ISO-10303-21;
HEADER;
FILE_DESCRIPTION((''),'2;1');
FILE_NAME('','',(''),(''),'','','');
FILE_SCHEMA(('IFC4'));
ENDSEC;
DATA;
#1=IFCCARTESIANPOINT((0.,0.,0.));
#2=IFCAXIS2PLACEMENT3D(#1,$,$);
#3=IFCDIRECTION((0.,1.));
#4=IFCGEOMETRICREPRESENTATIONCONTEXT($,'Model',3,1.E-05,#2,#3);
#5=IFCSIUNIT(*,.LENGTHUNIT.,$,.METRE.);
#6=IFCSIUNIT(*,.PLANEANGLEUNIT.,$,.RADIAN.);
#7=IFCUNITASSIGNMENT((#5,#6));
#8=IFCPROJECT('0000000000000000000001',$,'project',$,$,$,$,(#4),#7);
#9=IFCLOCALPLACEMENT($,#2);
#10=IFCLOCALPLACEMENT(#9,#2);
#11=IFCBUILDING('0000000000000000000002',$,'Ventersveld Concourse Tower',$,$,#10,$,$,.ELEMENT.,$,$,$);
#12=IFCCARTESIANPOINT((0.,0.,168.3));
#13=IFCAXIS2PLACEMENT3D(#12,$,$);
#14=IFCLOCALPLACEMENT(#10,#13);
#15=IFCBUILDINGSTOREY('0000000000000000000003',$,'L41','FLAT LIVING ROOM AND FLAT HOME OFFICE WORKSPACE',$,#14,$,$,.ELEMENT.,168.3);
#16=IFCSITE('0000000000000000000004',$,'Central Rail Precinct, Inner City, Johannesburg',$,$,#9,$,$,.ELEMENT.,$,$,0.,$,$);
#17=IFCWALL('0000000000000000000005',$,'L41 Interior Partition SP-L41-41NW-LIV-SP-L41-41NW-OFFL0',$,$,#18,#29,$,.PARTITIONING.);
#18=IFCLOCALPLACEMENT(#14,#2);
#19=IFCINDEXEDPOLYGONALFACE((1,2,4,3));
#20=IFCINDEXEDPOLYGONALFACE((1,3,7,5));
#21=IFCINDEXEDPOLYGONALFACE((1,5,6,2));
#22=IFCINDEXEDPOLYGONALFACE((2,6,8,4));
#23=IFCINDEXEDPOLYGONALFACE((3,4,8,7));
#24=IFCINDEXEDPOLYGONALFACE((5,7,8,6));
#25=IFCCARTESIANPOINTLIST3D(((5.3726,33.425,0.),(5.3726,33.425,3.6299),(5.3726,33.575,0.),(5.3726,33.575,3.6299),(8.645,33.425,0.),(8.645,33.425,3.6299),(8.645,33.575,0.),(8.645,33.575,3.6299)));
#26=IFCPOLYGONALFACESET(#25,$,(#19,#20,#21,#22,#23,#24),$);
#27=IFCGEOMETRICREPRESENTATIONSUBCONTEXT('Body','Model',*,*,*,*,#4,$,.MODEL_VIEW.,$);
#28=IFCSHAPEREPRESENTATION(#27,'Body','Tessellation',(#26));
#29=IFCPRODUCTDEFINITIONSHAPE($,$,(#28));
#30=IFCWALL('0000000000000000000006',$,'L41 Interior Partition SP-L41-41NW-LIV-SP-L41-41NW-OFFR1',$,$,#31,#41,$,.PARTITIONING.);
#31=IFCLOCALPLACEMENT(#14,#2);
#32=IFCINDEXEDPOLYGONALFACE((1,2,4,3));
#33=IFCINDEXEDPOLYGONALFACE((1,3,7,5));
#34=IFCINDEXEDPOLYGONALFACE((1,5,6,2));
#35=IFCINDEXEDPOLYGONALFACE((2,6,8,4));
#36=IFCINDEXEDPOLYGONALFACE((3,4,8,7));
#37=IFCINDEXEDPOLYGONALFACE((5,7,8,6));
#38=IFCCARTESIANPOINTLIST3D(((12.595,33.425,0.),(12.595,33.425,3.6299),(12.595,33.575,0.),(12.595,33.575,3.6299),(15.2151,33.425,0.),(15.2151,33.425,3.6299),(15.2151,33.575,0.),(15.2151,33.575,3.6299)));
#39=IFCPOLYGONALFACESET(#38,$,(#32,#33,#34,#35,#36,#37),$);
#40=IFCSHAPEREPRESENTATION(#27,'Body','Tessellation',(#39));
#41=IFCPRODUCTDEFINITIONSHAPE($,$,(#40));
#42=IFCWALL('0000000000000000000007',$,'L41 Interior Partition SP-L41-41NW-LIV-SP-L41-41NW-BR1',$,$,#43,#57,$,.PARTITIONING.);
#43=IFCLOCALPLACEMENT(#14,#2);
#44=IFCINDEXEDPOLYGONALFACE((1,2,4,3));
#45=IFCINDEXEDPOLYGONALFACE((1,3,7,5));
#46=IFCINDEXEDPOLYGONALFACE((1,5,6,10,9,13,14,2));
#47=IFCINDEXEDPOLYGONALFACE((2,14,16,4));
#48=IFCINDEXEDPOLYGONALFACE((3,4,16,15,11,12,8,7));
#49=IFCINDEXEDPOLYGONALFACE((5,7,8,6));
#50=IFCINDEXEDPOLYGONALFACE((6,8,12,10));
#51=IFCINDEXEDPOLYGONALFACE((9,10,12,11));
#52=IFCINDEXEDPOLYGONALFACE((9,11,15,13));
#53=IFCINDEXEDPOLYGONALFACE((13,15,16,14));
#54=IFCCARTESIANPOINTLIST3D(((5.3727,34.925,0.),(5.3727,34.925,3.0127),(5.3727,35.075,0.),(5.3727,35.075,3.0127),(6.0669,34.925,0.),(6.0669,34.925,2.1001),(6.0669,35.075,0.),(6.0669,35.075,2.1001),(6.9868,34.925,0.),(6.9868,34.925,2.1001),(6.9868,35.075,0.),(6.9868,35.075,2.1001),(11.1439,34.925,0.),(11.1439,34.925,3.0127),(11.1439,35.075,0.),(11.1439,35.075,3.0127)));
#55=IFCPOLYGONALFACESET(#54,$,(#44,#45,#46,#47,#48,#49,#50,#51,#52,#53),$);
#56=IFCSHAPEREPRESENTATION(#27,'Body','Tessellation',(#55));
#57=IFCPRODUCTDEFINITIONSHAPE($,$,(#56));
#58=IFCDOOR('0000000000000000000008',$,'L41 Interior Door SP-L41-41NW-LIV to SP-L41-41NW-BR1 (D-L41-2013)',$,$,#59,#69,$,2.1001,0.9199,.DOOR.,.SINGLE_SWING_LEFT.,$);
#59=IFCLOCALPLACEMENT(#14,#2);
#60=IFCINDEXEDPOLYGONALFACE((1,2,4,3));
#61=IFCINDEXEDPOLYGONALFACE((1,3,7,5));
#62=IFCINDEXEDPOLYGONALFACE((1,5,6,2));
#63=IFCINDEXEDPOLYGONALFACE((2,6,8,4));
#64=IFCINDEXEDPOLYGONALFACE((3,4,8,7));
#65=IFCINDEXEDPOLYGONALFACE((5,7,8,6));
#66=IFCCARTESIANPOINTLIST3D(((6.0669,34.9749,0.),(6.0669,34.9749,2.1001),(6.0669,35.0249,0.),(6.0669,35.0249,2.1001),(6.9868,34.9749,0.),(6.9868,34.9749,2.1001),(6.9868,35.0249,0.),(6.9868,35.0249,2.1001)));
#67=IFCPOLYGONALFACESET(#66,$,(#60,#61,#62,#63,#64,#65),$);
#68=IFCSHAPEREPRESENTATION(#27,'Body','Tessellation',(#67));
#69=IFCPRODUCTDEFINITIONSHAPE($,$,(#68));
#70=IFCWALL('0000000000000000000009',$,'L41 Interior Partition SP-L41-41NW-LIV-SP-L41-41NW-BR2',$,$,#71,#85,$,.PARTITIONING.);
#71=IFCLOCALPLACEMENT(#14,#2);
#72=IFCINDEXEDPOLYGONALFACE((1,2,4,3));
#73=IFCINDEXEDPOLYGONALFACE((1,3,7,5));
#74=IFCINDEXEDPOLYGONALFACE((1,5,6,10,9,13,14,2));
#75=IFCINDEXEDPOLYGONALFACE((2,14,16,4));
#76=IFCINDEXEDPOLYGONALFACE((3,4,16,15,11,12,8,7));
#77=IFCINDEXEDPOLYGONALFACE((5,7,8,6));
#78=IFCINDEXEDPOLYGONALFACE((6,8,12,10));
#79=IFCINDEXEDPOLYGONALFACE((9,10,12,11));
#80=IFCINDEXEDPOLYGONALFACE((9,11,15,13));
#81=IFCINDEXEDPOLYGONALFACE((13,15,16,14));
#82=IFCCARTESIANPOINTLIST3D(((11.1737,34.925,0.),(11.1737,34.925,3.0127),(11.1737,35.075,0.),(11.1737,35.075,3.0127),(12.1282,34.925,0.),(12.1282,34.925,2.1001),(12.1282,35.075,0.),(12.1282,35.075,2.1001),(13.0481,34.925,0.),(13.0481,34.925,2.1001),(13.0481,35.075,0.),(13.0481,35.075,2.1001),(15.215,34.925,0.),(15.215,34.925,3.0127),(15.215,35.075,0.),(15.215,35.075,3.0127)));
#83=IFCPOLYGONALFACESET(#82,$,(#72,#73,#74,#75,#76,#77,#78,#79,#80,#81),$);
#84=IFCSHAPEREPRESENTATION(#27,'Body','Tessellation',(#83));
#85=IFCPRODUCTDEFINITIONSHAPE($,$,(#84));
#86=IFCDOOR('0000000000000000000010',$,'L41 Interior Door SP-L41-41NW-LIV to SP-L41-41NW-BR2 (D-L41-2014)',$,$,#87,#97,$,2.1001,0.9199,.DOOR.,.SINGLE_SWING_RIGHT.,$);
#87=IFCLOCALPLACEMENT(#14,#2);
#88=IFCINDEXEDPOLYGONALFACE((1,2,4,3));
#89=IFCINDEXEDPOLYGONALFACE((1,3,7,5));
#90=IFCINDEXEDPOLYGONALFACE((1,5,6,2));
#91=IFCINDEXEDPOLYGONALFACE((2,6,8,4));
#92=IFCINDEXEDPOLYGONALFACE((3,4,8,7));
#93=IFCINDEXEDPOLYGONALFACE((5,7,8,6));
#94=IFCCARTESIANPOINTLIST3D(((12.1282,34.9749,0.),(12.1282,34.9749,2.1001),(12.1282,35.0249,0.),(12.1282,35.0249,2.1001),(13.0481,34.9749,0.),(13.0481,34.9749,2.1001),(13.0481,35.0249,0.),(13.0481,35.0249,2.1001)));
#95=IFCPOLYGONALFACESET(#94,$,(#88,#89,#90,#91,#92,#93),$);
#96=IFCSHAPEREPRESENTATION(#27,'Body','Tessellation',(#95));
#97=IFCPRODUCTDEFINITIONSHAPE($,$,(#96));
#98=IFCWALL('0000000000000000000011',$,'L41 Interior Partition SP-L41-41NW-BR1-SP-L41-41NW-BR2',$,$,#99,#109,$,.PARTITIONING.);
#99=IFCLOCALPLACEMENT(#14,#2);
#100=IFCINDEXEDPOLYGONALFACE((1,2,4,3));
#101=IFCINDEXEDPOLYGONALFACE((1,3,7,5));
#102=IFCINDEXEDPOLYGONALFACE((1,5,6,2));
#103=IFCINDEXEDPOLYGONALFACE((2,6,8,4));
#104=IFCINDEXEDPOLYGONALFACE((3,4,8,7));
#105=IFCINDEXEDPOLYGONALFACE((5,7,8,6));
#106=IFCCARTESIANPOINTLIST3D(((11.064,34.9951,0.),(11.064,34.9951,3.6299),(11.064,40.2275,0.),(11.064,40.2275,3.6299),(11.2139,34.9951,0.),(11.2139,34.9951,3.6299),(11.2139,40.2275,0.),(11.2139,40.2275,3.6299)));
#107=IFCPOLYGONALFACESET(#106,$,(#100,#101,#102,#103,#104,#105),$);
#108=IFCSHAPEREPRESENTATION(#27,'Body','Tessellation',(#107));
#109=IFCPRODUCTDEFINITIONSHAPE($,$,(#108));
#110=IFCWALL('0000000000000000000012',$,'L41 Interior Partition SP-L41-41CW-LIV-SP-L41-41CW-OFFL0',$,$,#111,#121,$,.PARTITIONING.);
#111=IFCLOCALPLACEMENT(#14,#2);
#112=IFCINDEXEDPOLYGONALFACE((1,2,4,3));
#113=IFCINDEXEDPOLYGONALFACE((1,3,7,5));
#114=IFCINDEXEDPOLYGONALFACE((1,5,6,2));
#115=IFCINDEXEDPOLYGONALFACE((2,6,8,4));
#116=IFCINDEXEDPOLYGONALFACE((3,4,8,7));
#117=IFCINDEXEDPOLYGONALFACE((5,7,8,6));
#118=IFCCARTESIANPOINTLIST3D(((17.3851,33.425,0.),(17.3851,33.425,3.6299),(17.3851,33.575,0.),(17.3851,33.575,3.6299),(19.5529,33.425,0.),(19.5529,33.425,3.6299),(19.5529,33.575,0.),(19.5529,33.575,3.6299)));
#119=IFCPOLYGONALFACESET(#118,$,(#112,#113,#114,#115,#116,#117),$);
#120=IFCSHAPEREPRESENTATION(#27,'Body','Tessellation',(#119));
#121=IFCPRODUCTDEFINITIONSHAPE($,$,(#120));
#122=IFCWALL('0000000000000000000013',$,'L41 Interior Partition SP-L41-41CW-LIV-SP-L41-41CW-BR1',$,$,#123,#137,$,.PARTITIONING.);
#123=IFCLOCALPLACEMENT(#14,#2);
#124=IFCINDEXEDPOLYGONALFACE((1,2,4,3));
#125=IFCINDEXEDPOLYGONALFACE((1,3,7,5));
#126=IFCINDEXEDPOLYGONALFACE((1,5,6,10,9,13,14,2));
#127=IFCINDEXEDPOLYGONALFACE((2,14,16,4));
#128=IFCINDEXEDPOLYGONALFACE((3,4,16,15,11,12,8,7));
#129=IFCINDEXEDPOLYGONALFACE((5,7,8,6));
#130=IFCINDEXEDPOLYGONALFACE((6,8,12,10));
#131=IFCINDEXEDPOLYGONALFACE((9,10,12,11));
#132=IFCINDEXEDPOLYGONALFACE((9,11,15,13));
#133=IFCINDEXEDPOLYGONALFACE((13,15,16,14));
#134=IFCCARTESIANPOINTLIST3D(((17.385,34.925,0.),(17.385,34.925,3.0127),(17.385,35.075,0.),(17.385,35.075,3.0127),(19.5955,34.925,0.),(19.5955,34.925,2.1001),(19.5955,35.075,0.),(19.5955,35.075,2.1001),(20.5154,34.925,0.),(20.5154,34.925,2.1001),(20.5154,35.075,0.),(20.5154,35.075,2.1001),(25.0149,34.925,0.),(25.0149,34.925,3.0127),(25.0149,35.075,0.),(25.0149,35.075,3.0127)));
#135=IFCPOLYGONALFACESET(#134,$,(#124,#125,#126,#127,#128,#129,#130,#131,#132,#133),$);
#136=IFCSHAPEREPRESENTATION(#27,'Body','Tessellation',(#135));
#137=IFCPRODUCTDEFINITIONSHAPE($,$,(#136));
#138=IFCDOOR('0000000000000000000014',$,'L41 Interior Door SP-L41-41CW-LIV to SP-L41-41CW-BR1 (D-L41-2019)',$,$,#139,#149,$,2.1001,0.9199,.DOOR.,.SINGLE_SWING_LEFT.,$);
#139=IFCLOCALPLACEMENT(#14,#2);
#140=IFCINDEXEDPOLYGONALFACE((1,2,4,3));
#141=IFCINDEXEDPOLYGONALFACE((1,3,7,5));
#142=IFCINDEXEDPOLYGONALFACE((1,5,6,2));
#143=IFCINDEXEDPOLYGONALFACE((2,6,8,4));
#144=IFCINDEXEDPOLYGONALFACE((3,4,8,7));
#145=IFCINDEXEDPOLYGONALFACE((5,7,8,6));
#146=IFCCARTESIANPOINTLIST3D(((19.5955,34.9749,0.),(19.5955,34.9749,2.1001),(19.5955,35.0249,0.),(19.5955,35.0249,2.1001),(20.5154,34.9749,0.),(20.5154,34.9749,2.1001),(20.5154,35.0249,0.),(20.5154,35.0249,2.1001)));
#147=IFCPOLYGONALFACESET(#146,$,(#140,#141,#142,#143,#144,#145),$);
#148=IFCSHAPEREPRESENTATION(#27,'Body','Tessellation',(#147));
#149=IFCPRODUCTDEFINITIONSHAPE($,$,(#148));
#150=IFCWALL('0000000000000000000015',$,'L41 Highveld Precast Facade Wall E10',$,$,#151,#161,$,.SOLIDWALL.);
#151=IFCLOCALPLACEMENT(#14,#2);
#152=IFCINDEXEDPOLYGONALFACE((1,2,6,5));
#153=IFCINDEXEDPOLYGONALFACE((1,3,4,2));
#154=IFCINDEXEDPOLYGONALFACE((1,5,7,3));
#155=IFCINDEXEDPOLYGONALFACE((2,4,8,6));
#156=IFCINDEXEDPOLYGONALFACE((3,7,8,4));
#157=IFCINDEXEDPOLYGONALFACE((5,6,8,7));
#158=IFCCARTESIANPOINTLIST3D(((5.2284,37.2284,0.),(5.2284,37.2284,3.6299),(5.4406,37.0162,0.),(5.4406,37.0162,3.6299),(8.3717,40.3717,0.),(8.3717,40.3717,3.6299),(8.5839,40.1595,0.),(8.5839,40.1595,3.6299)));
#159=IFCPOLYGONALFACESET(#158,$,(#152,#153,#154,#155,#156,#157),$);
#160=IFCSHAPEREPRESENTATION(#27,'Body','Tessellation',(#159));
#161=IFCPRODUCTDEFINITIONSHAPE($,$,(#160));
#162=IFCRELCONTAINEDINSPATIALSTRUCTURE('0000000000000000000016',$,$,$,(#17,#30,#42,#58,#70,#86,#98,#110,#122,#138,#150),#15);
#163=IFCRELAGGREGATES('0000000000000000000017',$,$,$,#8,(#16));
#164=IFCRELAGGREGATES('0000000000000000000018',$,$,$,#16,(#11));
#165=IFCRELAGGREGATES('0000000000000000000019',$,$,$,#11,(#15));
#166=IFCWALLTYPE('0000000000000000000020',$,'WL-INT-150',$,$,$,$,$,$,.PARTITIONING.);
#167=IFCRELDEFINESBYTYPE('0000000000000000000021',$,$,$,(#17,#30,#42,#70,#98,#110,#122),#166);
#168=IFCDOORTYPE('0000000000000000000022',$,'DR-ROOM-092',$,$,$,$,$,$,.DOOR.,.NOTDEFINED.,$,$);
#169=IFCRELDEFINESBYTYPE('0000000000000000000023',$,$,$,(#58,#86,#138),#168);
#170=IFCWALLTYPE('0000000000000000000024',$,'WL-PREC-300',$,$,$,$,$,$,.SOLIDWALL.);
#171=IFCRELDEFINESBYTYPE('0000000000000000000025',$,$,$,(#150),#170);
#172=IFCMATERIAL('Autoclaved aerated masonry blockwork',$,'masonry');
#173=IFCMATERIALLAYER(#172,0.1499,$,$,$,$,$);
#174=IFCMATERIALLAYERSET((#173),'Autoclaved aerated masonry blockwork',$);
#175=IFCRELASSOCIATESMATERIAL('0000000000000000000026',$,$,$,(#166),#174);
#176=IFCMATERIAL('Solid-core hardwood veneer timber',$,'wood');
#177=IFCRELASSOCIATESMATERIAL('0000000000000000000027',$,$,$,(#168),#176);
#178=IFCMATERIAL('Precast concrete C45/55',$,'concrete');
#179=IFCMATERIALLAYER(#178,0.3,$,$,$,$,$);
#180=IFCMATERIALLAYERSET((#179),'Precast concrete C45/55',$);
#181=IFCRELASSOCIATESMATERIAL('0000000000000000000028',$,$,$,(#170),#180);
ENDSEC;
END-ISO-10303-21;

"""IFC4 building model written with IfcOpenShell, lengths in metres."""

from ifc_helpers import new_model, si_unit, direction, frame, frame_2d, origin, place, context, subcontext, project, spatial, rectangle, extrude, material, layer, layer_set, type_object, element, fill, save


model = new_model("IFC4")

# Units and contexts
model_context = context("Model", 3, precision=1e-05, world=origin(), true_north=direction((0.0, 1.0)))
body_context = subcontext(model_context, "Body", "Model", "MODEL_VIEW")
ifc_project = project(units=[si_unit("LENGTHUNIT", "METRE"), si_unit("PLANEANGLEUNIT", "RADIAN")], contexts=[model_context])

# Site, building, storey
site_placement = place(None, origin())
site = spatial("IfcSite", under=ifc_project, at=site_placement, Name="Central Rail Precinct, Inner City, Johannesburg", CompositionType="ELEMENT", RefElevation=0.0)
building_placement = place(site_placement, origin())
building = spatial("IfcBuilding", under=site, at=building_placement, Name="Ventersveld Concourse Tower", CompositionType="ELEMENT")
storey_placement = place(building_placement, frame((0.0, 0.0, 168.3)))
storey = spatial("IfcBuildingStorey", under=building, at=storey_placement, Name="L41", Description="FLAT LIVING ROOM AND FLAT HOME OFFICE WORKSPACE", CompositionType="ELEMENT", Elevation=168.3)

# Walls
ifc_material_1 = material(Name="Autoclaved aerated masonry blockwork", Category="masonry")
ifc_layer_1 = layer(ifc_material_1, 0.1499)
ifc_layer_set_1 = layer_set([ifc_layer_1], Name="Autoclaved aerated masonry blockwork")
wall_type_1 = type_object("IfcWallType", Name="WL-INT-150", PredefinedType="PARTITIONING", material=ifc_layer_set_1)
wall_1_placement = place(storey_placement, frame((5.3726, 33.5, 0.0), z_axis=(0.0, 0.0, 1.0), x_axis=(1.0, 0.0, 0.0)))
element("IfcWall", 1, at=wall_1_placement, inside=storey, type_object=wall_type_1, Name="L41 Interior Partition SP-L41-41NW-LIV-SP-L41-41NW-OFFL0", PredefinedType="PARTITIONING", context=body_context, shape_type="SweptSolid", body=[
    extrude(rectangle(XDim=3.2725, YDim=0.1499, at=frame_2d((1.6362, 0.0))), origin(), (0.0, 0.0, 1.0), 3.6299),
])
wall_2_placement = place(storey_placement, frame((12.595, 33.5, 0.0), z_axis=(0.0, 0.0, 1.0), x_axis=(1.0, 0.0, 0.0)))
element("IfcWall", 2, at=wall_2_placement, inside=storey, type_object=wall_type_1, Name="L41 Interior Partition SP-L41-41NW-LIV-SP-L41-41NW-OFFR1", PredefinedType="PARTITIONING", context=body_context, shape_type="SweptSolid", body=[
    extrude(rectangle(XDim=2.6201, YDim=0.1499, at=frame_2d((1.3101, 0.0))), origin(), (0.0, 0.0, 1.0), 3.6299),
])

# Walls, openings, doors
wall_3_placement = place(storey_placement, frame((5.3726, 35.0, 0.0), z_axis=(0.0, 0.0, 1.0), x_axis=(1.0, 0.0, 0.0)))
wall_3 = element("IfcWall", 3, at=wall_3_placement, inside=storey, type_object=wall_type_1, Name="L41 Interior Partition SP-L41-41NW-LIV-SP-L41-41NW-BR1", PredefinedType="PARTITIONING", context=body_context, shape_type="SweptSolid", body=[
    extrude(rectangle(XDim=5.7712, YDim=0.1499, at=frame_2d((2.8857, 0.0))), origin(), (0.0, 0.0, 1.0), 3.0127),
])
opening_1_placement = place(wall_3_placement, frame((0.6943, 0.0, 0.0)))
opening_1 = element("IfcOpeningElement", 4, at=opening_1_placement, cuts=wall_3, PredefinedType="OPENING", context=body_context, shape_type="SweptSolid", body=[
    extrude(rectangle(XDim=0.9199, YDim=2.1001, at=frame_2d((0.46, 1.05))), frame((0.0, 0.085, 0.0), z_axis=(0.0, -1.0, 0.0), x_axis=(1.0, 0.0, 0.0)), (0.0, 0.0, 1.0), 0.1699),
])
ifc_material_2 = material(Name="Solid-core hardwood veneer timber", Category="wood")
door_type = type_object("IfcDoorType", Name="DR-ROOM-092", OperationType="NOTDEFINED", PredefinedType="DOOR", material=ifc_material_2)
door_1_placement = place(opening_1_placement, origin())
door_1 = element("IfcDoor", 5, at=door_1_placement, inside=storey, type_object=door_type, Name="L41 Interior Door SP-L41-41NW-LIV to SP-L41-41NW-BR1 (D-L41-2013)", OperationType="SINGLE_SWING_LEFT", OverallHeight=2.1001, OverallWidth=0.9199, PredefinedType="DOOR", context=body_context, shape_type="SweptSolid", body=[
    extrude(rectangle(XDim=0.9199, YDim=2.1001, at=frame_2d((0.46, 1.05))), frame((0.0, 0.0249, 0.0), z_axis=(0.0, -1.0, 0.0), x_axis=(1.0, 0.0, 0.0)), (0.0, 0.0, 1.0), 0.05),
])
fill(opening_1, door_1)
wall_4_placement = place(storey_placement, frame((11.1738, 35.0, 0.0), z_axis=(0.0, 0.0, 1.0), x_axis=(1.0, 0.0, 0.0)))
wall_4 = element("IfcWall", 6, at=wall_4_placement, inside=storey, type_object=wall_type_1, Name="L41 Interior Partition SP-L41-41NW-LIV-SP-L41-41NW-BR2", PredefinedType="PARTITIONING", context=body_context, shape_type="SweptSolid", body=[
    extrude(rectangle(XDim=4.0413, YDim=0.1499, at=frame_2d((2.0205, 0.0))), origin(), (0.0, 0.0, 1.0), 3.0127),
])
opening_2_placement = place(wall_4_placement, frame((0.9543, 0.0, 0.0)))
opening_2 = element("IfcOpeningElement", 7, at=opening_2_placement, cuts=wall_4, PredefinedType="OPENING", context=body_context, shape_type="SweptSolid", body=[
    extrude(rectangle(XDim=0.9199, YDim=2.1001, at=frame_2d((0.46, 1.05))), frame((0.0, 0.085, 0.0), z_axis=(0.0, -1.0, 0.0), x_axis=(1.0, 0.0, 0.0)), (0.0, 0.0, 1.0), 0.1699),
])
door_2_placement = place(opening_2_placement, origin())
door_2 = element("IfcDoor", 8, at=door_2_placement, inside=storey, type_object=door_type, Name="L41 Interior Door SP-L41-41NW-LIV to SP-L41-41NW-BR2 (D-L41-2014)", OperationType="SINGLE_SWING_RIGHT", OverallHeight=2.1001, OverallWidth=0.9199, PredefinedType="DOOR", context=body_context, shape_type="SweptSolid", body=[
    extrude(rectangle(XDim=0.9199, YDim=2.1001, at=frame_2d((0.46, 1.05))), frame((0.0, 0.0249, 0.0), z_axis=(0.0, -1.0, 0.0), x_axis=(1.0, 0.0, 0.0)), (0.0, 0.0, 1.0), 0.05),
])
fill(opening_2, door_2)

# Walls
wall_5_placement = place(storey_placement, frame((11.1389, 34.9951, 0.0), z_axis=(0.0, 0.0, 1.0), x_axis=(0.0, 1.0, 0.0)))
element("IfcWall", 9, at=wall_5_placement, inside=storey, type_object=wall_type_1, Name="L41 Interior Partition SP-L41-41NW-BR1-SP-L41-41NW-BR2", PredefinedType="PARTITIONING", context=body_context, shape_type="SweptSolid", body=[
    extrude(rectangle(XDim=5.2324, YDim=0.1499, at=frame_2d((2.6162, 0.0))), origin(), (0.0, 0.0, 1.0), 3.6299),
])
wall_6_placement = place(storey_placement, frame((17.385, 33.5, 0.0), z_axis=(0.0, 0.0, 1.0), x_axis=(1.0, 0.0, 0.0)))
element("IfcWall", 10, at=wall_6_placement, inside=storey, type_object=wall_type_1, Name="L41 Interior Partition SP-L41-41CW-LIV-SP-L41-41CW-OFFL0", PredefinedType="PARTITIONING", context=body_context, shape_type="SweptSolid", body=[
    extrude(rectangle(XDim=2.1677, YDim=0.1499, at=frame_2d((1.084, 0.0))), origin(), (0.0, 0.0, 1.0), 3.6299),
])

# Wall, opening, door
wall_7_placement = place(storey_placement, frame((17.385, 35.0, 0.0), z_axis=(0.0, 0.0, 1.0), x_axis=(1.0, 0.0, 0.0)))
wall_7 = element("IfcWall", 11, at=wall_7_placement, inside=storey, type_object=wall_type_1, Name="L41 Interior Partition SP-L41-41CW-LIV-SP-L41-41CW-BR1", PredefinedType="PARTITIONING", context=body_context, shape_type="SweptSolid", body=[
    extrude(rectangle(XDim=7.6299, YDim=0.1499, at=frame_2d((3.8149, 0.0))), origin(), (0.0, 0.0, 1.0), 3.0127),
])
opening_3_placement = place(wall_7_placement, frame((2.2104, 0.0, 0.0)))
opening_3 = element("IfcOpeningElement", 12, at=opening_3_placement, cuts=wall_7, PredefinedType="OPENING", context=body_context, shape_type="SweptSolid", body=[
    extrude(rectangle(XDim=0.9199, YDim=2.1001, at=frame_2d((0.46, 1.05))), frame((0.0, 0.085, 0.0), z_axis=(0.0, -1.0, 0.0), x_axis=(1.0, 0.0, 0.0)), (0.0, 0.0, 1.0), 0.1699),
])
door_3_placement = place(opening_3_placement, origin())
door_3 = element("IfcDoor", 13, at=door_3_placement, inside=storey, type_object=door_type, Name="L41 Interior Door SP-L41-41CW-LIV to SP-L41-41CW-BR1 (D-L41-2019)", OperationType="SINGLE_SWING_LEFT", OverallHeight=2.1001, OverallWidth=0.9199, PredefinedType="DOOR", context=body_context, shape_type="SweptSolid", body=[
    extrude(rectangle(XDim=0.9199, YDim=2.1001, at=frame_2d((0.46, 1.05))), frame((0.0, 0.0249, 0.0), z_axis=(0.0, -1.0, 0.0), x_axis=(1.0, 0.0, 0.0)), (0.0, 0.0, 1.0), 0.05),
])
fill(opening_3, door_3)

# Wall
ifc_material_3 = material(Name="Precast concrete C45/55", Category="concrete")
ifc_layer_2 = layer(ifc_material_3, 0.3)
ifc_layer_set_2 = layer_set([ifc_layer_2], Name="Precast concrete C45/55")
wall_type_2 = type_object("IfcWallType", Name="WL-PREC-300", PredefinedType="SOLIDWALL", material=ifc_layer_set_2)
wall_8_placement = place(storey_placement, frame((8.4778, 40.2656, 0.0), z_axis=(0.0, 0.0, 1.0), x_axis=(-0.707107, -0.707107, 0.0)))
element("IfcWall", 14, at=wall_8_placement, inside=storey, type_object=wall_type_2, Name="L41 Highveld Precast Facade Wall E10", PredefinedType="SOLIDWALL", context=body_context, shape_type="SweptSolid", body=[
    extrude(rectangle(XDim=4.4453, YDim=0.3, at=frame_2d((2.2227, 0.0))), origin(), (0.0, 0.0, 1.0), 3.6299),
])

save(model, "model.ifc")
